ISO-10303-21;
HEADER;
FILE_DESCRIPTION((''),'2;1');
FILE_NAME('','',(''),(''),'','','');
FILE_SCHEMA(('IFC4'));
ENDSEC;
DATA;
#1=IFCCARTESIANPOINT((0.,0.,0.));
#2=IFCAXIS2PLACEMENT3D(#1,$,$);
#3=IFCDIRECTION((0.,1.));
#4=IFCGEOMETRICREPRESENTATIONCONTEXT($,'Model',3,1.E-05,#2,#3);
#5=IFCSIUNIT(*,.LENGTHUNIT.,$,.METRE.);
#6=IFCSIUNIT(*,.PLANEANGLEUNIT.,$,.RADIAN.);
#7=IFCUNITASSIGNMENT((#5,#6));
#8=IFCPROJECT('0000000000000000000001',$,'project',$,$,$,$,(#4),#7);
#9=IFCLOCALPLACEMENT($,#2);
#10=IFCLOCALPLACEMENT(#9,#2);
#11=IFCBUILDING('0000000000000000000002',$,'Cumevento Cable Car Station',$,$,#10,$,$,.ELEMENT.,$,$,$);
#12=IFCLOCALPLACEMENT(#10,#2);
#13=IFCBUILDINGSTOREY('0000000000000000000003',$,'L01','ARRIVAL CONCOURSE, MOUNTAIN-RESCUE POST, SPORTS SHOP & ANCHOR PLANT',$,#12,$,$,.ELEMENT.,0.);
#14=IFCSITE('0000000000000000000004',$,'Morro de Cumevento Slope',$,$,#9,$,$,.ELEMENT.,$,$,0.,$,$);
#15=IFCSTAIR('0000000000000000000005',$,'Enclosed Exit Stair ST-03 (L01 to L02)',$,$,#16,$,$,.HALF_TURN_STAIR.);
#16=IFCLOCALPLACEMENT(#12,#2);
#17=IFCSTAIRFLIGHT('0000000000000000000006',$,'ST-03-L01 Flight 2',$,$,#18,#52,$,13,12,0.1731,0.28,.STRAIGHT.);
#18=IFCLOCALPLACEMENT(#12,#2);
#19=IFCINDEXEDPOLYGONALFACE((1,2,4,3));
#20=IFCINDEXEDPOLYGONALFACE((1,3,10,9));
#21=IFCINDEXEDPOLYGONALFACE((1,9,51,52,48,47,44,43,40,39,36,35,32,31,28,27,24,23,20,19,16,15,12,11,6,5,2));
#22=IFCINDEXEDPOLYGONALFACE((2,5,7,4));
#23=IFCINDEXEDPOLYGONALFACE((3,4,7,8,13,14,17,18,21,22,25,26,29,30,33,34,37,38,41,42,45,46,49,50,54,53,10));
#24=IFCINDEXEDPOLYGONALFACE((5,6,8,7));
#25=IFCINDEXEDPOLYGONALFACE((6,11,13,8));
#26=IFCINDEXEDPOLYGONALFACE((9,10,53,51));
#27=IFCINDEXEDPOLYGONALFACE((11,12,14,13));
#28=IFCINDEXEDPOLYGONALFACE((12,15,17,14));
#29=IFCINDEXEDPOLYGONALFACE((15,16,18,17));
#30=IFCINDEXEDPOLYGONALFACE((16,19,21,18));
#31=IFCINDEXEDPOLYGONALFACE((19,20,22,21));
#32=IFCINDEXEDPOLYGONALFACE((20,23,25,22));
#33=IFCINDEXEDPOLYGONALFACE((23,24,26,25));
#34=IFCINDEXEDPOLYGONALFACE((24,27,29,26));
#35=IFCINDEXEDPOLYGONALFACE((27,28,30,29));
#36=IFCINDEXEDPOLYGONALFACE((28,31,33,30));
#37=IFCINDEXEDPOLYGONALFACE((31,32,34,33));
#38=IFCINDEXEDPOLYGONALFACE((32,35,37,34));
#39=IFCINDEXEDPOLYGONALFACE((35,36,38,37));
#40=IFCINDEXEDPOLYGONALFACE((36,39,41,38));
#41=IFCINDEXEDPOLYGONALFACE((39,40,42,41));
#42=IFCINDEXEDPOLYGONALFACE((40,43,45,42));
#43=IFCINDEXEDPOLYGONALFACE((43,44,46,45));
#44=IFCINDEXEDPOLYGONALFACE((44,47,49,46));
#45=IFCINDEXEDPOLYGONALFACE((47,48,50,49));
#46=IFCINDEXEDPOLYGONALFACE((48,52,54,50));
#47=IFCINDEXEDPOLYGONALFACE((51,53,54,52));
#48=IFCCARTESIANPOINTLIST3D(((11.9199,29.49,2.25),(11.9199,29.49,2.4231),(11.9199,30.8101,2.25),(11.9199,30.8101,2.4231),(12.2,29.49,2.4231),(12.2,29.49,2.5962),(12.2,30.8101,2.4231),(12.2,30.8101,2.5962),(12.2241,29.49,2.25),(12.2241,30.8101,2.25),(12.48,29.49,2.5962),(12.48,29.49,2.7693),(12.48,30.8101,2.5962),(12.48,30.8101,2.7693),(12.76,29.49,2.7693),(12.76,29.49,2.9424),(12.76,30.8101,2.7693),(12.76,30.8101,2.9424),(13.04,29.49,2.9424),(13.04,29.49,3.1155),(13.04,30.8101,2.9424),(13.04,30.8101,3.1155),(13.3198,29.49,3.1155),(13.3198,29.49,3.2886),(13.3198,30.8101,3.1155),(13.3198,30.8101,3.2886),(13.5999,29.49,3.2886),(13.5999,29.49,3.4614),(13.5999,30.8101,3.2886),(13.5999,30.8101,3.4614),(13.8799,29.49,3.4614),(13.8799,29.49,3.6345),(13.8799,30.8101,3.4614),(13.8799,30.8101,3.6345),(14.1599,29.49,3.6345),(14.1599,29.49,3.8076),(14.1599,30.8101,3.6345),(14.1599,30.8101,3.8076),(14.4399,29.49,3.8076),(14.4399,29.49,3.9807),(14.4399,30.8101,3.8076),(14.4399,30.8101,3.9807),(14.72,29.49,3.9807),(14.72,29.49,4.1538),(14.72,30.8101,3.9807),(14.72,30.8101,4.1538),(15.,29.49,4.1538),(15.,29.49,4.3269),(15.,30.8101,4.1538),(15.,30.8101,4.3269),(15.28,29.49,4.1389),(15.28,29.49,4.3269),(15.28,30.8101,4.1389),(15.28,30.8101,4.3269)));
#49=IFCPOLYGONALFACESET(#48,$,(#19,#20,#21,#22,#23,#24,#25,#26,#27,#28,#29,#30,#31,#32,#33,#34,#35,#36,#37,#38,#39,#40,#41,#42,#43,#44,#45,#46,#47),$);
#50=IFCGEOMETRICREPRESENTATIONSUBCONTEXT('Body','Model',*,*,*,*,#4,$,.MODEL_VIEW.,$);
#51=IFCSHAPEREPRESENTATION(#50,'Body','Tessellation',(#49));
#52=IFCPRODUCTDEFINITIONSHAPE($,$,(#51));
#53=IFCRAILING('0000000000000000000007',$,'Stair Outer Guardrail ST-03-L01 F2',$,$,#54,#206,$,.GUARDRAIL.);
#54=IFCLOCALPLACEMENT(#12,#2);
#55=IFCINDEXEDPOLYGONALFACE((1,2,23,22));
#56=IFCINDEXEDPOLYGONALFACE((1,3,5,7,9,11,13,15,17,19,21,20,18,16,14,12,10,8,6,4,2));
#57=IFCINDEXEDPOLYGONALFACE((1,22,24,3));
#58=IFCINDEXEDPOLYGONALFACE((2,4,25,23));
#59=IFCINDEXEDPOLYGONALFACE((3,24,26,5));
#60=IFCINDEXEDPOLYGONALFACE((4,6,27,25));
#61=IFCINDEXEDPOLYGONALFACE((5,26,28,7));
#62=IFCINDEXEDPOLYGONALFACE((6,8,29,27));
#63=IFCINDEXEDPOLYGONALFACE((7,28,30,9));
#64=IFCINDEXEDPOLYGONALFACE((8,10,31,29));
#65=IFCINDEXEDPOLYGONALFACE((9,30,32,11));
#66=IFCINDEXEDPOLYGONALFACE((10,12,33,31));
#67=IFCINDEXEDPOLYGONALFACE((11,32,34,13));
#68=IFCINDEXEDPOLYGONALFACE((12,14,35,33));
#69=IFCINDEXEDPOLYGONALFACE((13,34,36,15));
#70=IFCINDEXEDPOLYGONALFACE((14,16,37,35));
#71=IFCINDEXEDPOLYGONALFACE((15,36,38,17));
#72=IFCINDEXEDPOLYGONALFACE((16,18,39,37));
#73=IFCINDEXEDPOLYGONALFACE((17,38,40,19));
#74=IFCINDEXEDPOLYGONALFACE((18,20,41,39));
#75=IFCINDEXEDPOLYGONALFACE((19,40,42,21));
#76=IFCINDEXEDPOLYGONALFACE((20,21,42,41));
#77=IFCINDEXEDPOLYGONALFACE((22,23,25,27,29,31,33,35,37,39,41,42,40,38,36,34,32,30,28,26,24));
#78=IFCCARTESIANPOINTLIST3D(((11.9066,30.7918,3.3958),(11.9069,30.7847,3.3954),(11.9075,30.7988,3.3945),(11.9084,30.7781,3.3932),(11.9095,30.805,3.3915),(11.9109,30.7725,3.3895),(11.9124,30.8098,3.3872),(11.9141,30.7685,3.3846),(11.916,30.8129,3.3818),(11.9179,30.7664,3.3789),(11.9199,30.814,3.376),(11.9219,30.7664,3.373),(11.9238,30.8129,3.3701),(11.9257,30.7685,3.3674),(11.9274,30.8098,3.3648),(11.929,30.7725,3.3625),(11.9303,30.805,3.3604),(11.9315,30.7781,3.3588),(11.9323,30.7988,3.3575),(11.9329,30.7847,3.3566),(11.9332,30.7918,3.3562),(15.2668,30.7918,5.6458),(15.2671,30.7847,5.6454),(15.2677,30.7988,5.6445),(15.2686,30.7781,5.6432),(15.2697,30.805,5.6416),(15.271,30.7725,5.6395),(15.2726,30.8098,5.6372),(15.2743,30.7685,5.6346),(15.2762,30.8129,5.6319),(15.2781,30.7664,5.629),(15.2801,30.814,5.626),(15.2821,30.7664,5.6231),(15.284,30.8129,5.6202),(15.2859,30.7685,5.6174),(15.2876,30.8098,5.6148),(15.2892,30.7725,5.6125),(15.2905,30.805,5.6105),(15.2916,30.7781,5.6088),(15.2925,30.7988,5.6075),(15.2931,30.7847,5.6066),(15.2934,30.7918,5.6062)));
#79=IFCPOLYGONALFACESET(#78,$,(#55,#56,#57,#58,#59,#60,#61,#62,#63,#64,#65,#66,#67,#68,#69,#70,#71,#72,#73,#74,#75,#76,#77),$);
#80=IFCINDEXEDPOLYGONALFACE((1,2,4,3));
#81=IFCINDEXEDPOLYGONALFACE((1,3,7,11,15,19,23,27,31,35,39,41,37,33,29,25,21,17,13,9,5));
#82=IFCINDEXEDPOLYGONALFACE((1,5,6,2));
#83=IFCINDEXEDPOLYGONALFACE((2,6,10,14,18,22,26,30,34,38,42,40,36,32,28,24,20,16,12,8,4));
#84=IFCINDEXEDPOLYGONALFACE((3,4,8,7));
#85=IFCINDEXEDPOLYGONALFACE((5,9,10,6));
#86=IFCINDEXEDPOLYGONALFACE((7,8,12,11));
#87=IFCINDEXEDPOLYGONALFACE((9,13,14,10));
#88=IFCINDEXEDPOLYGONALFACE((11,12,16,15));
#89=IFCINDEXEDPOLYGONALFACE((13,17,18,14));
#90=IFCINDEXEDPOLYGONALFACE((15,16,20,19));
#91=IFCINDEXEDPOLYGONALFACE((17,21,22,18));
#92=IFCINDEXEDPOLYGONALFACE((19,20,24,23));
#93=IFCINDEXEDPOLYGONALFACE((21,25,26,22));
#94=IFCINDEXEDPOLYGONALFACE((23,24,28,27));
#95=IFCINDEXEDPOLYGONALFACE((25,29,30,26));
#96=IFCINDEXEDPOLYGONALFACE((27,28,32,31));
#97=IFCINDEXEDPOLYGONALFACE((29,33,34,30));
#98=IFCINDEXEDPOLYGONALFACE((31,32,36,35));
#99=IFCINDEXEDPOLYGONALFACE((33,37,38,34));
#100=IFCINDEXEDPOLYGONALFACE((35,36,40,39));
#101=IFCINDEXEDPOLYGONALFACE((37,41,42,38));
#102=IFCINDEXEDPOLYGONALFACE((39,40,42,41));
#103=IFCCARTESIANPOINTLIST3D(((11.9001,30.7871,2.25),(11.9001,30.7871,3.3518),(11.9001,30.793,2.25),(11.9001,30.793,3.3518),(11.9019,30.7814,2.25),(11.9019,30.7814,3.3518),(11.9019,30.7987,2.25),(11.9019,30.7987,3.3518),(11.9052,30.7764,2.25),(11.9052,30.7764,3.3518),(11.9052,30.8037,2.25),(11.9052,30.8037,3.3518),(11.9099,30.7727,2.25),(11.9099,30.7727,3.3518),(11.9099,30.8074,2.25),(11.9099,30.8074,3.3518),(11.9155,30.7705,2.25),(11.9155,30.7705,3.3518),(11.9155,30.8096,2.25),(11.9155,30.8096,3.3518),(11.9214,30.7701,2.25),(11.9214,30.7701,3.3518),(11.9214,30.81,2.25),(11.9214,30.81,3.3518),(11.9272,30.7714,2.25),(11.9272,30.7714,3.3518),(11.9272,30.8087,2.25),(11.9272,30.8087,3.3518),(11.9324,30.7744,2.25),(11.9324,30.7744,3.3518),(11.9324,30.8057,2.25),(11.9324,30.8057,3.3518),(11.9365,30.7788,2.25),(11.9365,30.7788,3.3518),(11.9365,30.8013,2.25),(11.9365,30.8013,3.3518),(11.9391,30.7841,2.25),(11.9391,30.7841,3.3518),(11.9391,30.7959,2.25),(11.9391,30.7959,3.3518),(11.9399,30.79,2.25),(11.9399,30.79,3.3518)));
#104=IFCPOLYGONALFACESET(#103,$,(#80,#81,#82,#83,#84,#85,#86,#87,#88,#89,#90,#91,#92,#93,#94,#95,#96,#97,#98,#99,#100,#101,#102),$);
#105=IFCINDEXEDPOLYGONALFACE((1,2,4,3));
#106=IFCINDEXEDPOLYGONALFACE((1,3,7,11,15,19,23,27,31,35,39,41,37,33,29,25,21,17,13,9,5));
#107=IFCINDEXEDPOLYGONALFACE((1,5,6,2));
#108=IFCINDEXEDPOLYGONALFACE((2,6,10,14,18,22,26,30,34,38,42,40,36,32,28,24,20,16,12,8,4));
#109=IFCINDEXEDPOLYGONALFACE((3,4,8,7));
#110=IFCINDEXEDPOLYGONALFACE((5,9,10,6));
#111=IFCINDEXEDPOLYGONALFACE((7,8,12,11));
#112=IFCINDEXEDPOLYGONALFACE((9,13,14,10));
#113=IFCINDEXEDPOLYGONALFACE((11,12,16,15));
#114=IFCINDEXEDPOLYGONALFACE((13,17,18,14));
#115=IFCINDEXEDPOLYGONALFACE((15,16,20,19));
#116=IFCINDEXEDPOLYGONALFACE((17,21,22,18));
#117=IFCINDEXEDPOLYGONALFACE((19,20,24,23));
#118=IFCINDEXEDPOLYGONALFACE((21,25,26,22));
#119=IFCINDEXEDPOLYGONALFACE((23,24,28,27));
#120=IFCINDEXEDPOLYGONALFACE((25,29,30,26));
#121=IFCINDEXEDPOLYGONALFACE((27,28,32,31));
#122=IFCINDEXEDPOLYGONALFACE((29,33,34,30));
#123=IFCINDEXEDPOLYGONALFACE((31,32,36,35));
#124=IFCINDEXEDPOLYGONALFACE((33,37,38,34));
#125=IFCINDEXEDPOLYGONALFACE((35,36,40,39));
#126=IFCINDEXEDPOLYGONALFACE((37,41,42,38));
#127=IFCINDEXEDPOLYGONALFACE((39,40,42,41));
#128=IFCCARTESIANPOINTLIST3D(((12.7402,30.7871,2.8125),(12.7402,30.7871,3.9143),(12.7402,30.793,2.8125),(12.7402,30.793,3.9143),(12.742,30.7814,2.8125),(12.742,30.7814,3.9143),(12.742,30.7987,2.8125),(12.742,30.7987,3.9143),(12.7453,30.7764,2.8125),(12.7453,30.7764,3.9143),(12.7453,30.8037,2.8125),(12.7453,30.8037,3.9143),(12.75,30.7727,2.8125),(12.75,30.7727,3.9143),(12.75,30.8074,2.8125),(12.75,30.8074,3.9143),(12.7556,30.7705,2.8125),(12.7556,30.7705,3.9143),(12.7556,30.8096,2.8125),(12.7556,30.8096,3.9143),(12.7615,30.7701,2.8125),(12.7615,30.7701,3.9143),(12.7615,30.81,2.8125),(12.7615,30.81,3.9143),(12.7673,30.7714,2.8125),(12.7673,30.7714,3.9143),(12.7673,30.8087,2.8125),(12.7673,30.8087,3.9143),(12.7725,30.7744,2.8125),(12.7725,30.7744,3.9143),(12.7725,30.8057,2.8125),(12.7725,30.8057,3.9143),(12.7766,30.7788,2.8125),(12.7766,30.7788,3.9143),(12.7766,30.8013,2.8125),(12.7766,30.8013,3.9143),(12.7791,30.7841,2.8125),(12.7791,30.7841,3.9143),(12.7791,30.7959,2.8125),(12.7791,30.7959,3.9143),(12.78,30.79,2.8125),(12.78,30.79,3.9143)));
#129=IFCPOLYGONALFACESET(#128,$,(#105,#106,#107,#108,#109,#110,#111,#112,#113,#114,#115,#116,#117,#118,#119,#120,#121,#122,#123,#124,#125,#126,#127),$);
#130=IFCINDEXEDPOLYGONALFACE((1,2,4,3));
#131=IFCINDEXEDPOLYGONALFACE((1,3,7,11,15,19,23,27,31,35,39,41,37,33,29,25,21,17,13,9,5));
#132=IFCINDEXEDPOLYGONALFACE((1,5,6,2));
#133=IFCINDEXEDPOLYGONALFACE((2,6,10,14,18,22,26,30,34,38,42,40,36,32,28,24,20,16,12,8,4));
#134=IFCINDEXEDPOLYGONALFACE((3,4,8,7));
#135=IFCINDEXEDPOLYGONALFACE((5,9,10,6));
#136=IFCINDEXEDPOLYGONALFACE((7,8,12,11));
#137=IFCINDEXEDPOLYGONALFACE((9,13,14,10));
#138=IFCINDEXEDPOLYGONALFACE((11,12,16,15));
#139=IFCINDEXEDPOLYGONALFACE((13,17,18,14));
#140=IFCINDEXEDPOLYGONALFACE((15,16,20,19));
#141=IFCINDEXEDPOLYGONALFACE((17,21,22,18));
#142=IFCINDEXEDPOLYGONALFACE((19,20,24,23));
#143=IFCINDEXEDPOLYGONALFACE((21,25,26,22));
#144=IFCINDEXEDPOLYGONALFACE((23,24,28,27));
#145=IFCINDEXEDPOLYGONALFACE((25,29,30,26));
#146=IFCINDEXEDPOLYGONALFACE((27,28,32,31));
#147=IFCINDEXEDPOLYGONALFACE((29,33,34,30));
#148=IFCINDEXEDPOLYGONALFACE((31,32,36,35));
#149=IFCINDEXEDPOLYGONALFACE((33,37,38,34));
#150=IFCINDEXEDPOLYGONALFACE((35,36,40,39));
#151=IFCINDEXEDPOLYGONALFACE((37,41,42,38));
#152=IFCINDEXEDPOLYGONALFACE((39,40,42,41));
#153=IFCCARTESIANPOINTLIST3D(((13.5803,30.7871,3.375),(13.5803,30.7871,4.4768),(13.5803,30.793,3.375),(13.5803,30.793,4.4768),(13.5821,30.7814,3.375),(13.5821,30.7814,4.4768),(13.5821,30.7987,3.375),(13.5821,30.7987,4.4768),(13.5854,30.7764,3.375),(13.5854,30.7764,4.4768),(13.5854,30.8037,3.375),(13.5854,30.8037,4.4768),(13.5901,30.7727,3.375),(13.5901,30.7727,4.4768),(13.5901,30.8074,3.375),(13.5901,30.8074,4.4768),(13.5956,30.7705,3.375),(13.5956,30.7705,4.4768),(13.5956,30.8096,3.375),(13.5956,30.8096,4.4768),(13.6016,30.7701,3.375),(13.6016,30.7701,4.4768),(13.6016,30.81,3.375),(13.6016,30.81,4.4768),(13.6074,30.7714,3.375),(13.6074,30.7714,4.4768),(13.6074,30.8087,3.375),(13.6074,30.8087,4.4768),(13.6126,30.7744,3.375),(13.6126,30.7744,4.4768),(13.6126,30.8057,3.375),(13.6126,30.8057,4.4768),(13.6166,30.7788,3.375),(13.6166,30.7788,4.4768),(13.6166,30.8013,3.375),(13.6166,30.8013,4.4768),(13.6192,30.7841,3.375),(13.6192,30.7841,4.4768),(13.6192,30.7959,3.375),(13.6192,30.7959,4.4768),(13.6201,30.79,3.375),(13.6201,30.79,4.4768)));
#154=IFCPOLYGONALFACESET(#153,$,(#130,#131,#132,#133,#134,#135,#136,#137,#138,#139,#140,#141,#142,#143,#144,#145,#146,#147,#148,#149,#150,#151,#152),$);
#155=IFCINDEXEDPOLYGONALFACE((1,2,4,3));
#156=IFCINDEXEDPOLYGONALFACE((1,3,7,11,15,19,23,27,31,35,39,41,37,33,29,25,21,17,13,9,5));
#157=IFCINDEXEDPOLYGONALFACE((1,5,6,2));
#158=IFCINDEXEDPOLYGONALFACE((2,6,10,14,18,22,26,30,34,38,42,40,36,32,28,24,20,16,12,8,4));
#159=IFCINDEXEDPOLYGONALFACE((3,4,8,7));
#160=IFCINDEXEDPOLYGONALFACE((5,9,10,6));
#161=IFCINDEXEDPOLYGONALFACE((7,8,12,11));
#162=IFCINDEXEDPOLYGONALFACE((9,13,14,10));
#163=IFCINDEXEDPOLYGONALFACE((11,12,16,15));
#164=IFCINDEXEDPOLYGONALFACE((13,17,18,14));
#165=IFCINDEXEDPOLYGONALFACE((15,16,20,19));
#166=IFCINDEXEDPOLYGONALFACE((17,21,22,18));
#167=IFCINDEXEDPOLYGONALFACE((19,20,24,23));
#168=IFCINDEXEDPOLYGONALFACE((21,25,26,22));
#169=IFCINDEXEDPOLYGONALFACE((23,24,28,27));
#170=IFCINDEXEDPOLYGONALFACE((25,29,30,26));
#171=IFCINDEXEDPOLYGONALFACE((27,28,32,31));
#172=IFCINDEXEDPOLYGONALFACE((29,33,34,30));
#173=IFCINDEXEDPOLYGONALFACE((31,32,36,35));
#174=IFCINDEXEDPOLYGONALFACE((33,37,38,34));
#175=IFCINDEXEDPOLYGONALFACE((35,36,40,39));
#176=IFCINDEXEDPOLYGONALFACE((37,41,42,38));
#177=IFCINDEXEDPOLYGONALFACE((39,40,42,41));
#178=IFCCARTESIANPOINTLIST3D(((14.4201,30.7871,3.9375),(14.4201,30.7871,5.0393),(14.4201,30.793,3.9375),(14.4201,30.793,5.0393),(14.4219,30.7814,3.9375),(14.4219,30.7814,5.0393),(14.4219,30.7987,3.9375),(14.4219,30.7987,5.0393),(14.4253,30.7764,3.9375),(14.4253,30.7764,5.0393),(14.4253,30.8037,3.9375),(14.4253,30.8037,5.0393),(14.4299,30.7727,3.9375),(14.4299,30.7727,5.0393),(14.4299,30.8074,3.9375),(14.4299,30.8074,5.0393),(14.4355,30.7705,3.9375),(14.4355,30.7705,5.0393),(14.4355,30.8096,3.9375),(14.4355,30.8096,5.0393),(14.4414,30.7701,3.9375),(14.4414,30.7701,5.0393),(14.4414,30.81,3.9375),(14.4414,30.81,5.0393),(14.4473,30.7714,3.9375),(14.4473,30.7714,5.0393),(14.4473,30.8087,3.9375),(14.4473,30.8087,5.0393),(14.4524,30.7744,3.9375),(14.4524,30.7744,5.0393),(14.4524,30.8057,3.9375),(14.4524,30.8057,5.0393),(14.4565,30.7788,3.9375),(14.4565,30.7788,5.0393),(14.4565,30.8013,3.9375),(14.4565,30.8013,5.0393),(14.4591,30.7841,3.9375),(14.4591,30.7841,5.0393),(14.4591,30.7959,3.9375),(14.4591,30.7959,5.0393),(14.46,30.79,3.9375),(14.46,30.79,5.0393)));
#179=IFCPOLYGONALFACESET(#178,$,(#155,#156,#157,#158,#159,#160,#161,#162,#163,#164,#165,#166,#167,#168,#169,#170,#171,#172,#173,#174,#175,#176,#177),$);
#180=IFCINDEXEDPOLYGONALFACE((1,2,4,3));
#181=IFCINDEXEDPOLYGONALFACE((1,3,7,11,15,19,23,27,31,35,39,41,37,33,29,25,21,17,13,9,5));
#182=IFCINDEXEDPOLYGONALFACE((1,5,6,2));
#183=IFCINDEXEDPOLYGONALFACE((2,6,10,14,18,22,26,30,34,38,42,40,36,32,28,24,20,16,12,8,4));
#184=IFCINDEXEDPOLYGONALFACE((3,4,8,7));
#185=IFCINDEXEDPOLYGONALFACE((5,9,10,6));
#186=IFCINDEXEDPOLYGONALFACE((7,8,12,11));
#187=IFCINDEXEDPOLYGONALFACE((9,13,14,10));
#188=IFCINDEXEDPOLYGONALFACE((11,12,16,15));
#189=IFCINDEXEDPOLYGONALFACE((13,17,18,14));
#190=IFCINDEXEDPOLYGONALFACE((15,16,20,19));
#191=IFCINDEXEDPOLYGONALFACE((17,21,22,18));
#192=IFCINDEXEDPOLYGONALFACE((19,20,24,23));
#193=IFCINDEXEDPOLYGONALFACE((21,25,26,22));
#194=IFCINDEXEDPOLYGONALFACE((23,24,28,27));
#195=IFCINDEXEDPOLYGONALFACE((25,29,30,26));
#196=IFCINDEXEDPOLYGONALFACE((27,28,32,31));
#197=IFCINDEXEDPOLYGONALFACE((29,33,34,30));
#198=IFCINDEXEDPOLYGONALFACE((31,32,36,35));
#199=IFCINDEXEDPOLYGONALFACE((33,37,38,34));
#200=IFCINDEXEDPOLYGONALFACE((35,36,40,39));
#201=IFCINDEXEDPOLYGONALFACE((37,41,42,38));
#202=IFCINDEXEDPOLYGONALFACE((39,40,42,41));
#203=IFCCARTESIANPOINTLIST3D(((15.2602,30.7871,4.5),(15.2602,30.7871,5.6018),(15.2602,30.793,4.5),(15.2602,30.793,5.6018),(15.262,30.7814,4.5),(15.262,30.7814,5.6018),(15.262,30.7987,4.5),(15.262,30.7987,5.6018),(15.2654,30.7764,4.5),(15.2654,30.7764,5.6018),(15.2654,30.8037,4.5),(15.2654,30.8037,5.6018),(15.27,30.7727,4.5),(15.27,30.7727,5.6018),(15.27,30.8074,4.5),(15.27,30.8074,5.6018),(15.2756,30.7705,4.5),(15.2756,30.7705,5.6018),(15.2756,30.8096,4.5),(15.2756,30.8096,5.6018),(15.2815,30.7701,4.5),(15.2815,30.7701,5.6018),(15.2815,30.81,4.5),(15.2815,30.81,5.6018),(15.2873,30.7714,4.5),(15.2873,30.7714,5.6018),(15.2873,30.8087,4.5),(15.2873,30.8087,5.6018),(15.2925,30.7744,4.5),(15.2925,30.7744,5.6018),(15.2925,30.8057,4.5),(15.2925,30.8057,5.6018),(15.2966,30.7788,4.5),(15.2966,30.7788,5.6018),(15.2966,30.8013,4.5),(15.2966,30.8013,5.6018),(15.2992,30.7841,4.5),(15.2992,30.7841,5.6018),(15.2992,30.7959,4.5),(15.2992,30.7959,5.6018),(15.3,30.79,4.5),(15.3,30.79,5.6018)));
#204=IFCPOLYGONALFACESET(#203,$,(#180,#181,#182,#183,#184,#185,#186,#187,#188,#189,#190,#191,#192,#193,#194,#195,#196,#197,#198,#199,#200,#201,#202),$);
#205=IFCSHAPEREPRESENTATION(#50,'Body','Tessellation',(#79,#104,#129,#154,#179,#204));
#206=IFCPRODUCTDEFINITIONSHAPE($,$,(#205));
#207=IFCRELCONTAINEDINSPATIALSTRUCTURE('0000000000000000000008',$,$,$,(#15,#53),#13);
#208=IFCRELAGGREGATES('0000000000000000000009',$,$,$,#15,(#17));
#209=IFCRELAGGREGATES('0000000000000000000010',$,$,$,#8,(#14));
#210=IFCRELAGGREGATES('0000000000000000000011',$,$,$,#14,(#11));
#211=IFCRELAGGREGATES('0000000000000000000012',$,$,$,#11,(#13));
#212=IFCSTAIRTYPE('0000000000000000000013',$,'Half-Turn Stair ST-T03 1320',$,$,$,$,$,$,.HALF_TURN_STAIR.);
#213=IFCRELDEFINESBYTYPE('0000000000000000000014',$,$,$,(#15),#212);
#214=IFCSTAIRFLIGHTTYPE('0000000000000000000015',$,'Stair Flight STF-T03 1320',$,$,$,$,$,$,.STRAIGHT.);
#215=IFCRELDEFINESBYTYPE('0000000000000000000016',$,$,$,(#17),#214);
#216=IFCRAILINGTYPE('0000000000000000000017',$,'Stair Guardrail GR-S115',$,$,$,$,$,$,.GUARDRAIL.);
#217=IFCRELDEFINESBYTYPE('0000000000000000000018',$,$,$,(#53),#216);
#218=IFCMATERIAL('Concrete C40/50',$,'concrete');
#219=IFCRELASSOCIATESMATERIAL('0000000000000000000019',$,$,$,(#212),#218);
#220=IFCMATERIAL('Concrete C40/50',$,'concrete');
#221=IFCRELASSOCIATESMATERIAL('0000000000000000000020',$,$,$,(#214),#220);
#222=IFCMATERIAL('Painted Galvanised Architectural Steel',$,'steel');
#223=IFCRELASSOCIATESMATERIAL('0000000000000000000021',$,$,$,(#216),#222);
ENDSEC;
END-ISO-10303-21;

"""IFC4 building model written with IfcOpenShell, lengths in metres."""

from ifc_helpers import new_model, si_unit, direction, frame, origin, origin_2d, place, context, subcontext, project, spatial, polyline, circle, outline, extrude, material, type_object, element, aggregate, save


model = new_model("IFC4")

# Units and contexts
model_context = context("Model", 3, precision=1e-05, world=origin(), true_north=direction((0.0, 1.0)))
body_context = subcontext(model_context, "Body", "Model", "MODEL_VIEW")
ifc_project = project(units=[si_unit("LENGTHUNIT", "METRE"), si_unit("PLANEANGLEUNIT", "RADIAN")], contexts=[model_context])

# Site, building, storey
site_placement = place(None, origin())
site = spatial("IfcSite", under=ifc_project, at=site_placement, Name="Morro de Cumevento Slope", CompositionType="ELEMENT", RefElevation=0.0)
building_placement = place(site_placement, origin())
building = spatial("IfcBuilding", under=site, at=building_placement, Name="Cumevento Cable Car Station", CompositionType="ELEMENT")
storey_placement = place(building_placement, origin())
storey = spatial("IfcBuildingStorey", under=building, at=storey_placement, Name="L01", Description="ARRIVAL CONCOURSE, MOUNTAIN-RESCUE POST, SPORTS SHOP & ANCHOR PLANT", CompositionType="ELEMENT", Elevation=0.0)

# Stair, stair flight
ifc_material_1 = material(Name="Concrete C40/50", Category="concrete")
stair_type = type_object("IfcStairType", Name="Half-Turn Stair ST-T03 1320", PredefinedType="HALF_TURN_STAIR", material=ifc_material_1)
stair_placement = place(storey_placement, origin())
stair = element("IfcStair", 1, at=stair_placement, inside=storey, type_object=stair_type, Name="Enclosed Exit Stair ST-03 (L01 to L02)", PredefinedType="HALF_TURN_STAIR")
ifc_material_2 = material(Name="Concrete C40/50", Category="concrete")
stair_flight_type = type_object("IfcStairFlightType", Name="Stair Flight STF-T03 1320", PredefinedType="STRAIGHT", material=ifc_material_2)
stair_flight_placement = place(storey_placement, frame((11.9199, 30.1499, 2.25), z_axis=(0.0, 0.0, 1.0), x_axis=(1.0, 0.0, 0.0)))
stair_flight = element("IfcStairFlight", 2, at=stair_flight_placement, type_object=stair_flight_type, Name="ST-03-L01 Flight 2", NumberOfRisers=13, NumberOfTreads=12, PredefinedType="STRAIGHT", RiserHeight=0.1731, TreadLength=0.28, context=body_context, shape_type="SweptSolid", body=[
    extrude(outline(polyline([(0.0, 0.0), (0.0, 0.1731), (0.28, 0.1731), (0.28, 0.3462), (0.5601, 0.3462), (0.5601, 0.5193), (0.8401, 0.5193), (0.8401, 0.6924), (1.1201, 0.6924), (1.1201, 0.8655), (1.3999, 0.8655), (1.3999, 1.0386), (1.6799, 1.0386), (1.6799, 1.2114), (1.96, 1.2114), (1.96, 1.3845), (2.24, 1.3845), (2.24, 1.5576), (2.52, 1.5576), (2.52, 1.7307), (2.8, 1.7307), (2.8, 1.9038), (3.0801, 1.9038), (3.0801, 2.0769), (3.3601, 2.0769), (3.3601, 2.25), (3.3601, 1.8889), (0.3042, 0.0), (0.0, 0.0)])), frame((0.0, 0.6602, 0.0), z_axis=(0.0, -1.0, 0.0), x_axis=(1.0, 0.0, 0.0)), (0.0, 0.0, 1.0), 1.3201),
])
aggregate(stair, [stair_flight])

# Railing
ifc_material_3 = material(Name="Painted Galvanised Architectural Steel", Category="steel")
railing_type_1 = type_object("IfcRailingType", Name="Stair Guardrail GR-S115", PredefinedType="GUARDRAIL", material=ifc_material_3)
railing_1_placement = place(storey_placement, frame((11.9199, 30.79, 2.25)))
element("IfcRailing", 3, at=railing_1_placement, inside=storey, type_object=railing_type_1, Name="Stair Outer Guardrail ST-03-L01 F2", PredefinedType="GUARDRAIL", context=body_context, shape_type="SweptSolid", body=[
    extrude(circle(Radius=0.0239, at=origin_2d()), frame((0.0, 0.0, 1.126), z_axis=(0.830915, 0.0, 0.556399), x_axis=(0.0, 1.0, 0.0)), (0.0, 0.0, 1.0), 4.0439),
    extrude(circle(Radius=0.02, at=origin_2d()), origin(), (0.0, 0.0, 1.0), 1.1018),
    extrude(circle(Radius=0.02, at=origin_2d()), frame((0.8401, 0.0, 0.5625)), (0.0, 0.0, 1.0), 1.1018),
    extrude(circle(Radius=0.02, at=origin_2d()), frame((1.6802, 0.0, 1.125)), (0.0, 0.0, 1.0), 1.1018),
    extrude(circle(Radius=0.02, at=origin_2d()), frame((2.52, 0.0, 1.6875)), (0.0, 0.0, 1.0), 1.1018),
    extrude(circle(Radius=0.02, at=origin_2d()), frame((3.3601, 0.0, 2.25)), (0.0, 0.0, 1.0), 1.1018),
])

save(model, "model.ifc")
